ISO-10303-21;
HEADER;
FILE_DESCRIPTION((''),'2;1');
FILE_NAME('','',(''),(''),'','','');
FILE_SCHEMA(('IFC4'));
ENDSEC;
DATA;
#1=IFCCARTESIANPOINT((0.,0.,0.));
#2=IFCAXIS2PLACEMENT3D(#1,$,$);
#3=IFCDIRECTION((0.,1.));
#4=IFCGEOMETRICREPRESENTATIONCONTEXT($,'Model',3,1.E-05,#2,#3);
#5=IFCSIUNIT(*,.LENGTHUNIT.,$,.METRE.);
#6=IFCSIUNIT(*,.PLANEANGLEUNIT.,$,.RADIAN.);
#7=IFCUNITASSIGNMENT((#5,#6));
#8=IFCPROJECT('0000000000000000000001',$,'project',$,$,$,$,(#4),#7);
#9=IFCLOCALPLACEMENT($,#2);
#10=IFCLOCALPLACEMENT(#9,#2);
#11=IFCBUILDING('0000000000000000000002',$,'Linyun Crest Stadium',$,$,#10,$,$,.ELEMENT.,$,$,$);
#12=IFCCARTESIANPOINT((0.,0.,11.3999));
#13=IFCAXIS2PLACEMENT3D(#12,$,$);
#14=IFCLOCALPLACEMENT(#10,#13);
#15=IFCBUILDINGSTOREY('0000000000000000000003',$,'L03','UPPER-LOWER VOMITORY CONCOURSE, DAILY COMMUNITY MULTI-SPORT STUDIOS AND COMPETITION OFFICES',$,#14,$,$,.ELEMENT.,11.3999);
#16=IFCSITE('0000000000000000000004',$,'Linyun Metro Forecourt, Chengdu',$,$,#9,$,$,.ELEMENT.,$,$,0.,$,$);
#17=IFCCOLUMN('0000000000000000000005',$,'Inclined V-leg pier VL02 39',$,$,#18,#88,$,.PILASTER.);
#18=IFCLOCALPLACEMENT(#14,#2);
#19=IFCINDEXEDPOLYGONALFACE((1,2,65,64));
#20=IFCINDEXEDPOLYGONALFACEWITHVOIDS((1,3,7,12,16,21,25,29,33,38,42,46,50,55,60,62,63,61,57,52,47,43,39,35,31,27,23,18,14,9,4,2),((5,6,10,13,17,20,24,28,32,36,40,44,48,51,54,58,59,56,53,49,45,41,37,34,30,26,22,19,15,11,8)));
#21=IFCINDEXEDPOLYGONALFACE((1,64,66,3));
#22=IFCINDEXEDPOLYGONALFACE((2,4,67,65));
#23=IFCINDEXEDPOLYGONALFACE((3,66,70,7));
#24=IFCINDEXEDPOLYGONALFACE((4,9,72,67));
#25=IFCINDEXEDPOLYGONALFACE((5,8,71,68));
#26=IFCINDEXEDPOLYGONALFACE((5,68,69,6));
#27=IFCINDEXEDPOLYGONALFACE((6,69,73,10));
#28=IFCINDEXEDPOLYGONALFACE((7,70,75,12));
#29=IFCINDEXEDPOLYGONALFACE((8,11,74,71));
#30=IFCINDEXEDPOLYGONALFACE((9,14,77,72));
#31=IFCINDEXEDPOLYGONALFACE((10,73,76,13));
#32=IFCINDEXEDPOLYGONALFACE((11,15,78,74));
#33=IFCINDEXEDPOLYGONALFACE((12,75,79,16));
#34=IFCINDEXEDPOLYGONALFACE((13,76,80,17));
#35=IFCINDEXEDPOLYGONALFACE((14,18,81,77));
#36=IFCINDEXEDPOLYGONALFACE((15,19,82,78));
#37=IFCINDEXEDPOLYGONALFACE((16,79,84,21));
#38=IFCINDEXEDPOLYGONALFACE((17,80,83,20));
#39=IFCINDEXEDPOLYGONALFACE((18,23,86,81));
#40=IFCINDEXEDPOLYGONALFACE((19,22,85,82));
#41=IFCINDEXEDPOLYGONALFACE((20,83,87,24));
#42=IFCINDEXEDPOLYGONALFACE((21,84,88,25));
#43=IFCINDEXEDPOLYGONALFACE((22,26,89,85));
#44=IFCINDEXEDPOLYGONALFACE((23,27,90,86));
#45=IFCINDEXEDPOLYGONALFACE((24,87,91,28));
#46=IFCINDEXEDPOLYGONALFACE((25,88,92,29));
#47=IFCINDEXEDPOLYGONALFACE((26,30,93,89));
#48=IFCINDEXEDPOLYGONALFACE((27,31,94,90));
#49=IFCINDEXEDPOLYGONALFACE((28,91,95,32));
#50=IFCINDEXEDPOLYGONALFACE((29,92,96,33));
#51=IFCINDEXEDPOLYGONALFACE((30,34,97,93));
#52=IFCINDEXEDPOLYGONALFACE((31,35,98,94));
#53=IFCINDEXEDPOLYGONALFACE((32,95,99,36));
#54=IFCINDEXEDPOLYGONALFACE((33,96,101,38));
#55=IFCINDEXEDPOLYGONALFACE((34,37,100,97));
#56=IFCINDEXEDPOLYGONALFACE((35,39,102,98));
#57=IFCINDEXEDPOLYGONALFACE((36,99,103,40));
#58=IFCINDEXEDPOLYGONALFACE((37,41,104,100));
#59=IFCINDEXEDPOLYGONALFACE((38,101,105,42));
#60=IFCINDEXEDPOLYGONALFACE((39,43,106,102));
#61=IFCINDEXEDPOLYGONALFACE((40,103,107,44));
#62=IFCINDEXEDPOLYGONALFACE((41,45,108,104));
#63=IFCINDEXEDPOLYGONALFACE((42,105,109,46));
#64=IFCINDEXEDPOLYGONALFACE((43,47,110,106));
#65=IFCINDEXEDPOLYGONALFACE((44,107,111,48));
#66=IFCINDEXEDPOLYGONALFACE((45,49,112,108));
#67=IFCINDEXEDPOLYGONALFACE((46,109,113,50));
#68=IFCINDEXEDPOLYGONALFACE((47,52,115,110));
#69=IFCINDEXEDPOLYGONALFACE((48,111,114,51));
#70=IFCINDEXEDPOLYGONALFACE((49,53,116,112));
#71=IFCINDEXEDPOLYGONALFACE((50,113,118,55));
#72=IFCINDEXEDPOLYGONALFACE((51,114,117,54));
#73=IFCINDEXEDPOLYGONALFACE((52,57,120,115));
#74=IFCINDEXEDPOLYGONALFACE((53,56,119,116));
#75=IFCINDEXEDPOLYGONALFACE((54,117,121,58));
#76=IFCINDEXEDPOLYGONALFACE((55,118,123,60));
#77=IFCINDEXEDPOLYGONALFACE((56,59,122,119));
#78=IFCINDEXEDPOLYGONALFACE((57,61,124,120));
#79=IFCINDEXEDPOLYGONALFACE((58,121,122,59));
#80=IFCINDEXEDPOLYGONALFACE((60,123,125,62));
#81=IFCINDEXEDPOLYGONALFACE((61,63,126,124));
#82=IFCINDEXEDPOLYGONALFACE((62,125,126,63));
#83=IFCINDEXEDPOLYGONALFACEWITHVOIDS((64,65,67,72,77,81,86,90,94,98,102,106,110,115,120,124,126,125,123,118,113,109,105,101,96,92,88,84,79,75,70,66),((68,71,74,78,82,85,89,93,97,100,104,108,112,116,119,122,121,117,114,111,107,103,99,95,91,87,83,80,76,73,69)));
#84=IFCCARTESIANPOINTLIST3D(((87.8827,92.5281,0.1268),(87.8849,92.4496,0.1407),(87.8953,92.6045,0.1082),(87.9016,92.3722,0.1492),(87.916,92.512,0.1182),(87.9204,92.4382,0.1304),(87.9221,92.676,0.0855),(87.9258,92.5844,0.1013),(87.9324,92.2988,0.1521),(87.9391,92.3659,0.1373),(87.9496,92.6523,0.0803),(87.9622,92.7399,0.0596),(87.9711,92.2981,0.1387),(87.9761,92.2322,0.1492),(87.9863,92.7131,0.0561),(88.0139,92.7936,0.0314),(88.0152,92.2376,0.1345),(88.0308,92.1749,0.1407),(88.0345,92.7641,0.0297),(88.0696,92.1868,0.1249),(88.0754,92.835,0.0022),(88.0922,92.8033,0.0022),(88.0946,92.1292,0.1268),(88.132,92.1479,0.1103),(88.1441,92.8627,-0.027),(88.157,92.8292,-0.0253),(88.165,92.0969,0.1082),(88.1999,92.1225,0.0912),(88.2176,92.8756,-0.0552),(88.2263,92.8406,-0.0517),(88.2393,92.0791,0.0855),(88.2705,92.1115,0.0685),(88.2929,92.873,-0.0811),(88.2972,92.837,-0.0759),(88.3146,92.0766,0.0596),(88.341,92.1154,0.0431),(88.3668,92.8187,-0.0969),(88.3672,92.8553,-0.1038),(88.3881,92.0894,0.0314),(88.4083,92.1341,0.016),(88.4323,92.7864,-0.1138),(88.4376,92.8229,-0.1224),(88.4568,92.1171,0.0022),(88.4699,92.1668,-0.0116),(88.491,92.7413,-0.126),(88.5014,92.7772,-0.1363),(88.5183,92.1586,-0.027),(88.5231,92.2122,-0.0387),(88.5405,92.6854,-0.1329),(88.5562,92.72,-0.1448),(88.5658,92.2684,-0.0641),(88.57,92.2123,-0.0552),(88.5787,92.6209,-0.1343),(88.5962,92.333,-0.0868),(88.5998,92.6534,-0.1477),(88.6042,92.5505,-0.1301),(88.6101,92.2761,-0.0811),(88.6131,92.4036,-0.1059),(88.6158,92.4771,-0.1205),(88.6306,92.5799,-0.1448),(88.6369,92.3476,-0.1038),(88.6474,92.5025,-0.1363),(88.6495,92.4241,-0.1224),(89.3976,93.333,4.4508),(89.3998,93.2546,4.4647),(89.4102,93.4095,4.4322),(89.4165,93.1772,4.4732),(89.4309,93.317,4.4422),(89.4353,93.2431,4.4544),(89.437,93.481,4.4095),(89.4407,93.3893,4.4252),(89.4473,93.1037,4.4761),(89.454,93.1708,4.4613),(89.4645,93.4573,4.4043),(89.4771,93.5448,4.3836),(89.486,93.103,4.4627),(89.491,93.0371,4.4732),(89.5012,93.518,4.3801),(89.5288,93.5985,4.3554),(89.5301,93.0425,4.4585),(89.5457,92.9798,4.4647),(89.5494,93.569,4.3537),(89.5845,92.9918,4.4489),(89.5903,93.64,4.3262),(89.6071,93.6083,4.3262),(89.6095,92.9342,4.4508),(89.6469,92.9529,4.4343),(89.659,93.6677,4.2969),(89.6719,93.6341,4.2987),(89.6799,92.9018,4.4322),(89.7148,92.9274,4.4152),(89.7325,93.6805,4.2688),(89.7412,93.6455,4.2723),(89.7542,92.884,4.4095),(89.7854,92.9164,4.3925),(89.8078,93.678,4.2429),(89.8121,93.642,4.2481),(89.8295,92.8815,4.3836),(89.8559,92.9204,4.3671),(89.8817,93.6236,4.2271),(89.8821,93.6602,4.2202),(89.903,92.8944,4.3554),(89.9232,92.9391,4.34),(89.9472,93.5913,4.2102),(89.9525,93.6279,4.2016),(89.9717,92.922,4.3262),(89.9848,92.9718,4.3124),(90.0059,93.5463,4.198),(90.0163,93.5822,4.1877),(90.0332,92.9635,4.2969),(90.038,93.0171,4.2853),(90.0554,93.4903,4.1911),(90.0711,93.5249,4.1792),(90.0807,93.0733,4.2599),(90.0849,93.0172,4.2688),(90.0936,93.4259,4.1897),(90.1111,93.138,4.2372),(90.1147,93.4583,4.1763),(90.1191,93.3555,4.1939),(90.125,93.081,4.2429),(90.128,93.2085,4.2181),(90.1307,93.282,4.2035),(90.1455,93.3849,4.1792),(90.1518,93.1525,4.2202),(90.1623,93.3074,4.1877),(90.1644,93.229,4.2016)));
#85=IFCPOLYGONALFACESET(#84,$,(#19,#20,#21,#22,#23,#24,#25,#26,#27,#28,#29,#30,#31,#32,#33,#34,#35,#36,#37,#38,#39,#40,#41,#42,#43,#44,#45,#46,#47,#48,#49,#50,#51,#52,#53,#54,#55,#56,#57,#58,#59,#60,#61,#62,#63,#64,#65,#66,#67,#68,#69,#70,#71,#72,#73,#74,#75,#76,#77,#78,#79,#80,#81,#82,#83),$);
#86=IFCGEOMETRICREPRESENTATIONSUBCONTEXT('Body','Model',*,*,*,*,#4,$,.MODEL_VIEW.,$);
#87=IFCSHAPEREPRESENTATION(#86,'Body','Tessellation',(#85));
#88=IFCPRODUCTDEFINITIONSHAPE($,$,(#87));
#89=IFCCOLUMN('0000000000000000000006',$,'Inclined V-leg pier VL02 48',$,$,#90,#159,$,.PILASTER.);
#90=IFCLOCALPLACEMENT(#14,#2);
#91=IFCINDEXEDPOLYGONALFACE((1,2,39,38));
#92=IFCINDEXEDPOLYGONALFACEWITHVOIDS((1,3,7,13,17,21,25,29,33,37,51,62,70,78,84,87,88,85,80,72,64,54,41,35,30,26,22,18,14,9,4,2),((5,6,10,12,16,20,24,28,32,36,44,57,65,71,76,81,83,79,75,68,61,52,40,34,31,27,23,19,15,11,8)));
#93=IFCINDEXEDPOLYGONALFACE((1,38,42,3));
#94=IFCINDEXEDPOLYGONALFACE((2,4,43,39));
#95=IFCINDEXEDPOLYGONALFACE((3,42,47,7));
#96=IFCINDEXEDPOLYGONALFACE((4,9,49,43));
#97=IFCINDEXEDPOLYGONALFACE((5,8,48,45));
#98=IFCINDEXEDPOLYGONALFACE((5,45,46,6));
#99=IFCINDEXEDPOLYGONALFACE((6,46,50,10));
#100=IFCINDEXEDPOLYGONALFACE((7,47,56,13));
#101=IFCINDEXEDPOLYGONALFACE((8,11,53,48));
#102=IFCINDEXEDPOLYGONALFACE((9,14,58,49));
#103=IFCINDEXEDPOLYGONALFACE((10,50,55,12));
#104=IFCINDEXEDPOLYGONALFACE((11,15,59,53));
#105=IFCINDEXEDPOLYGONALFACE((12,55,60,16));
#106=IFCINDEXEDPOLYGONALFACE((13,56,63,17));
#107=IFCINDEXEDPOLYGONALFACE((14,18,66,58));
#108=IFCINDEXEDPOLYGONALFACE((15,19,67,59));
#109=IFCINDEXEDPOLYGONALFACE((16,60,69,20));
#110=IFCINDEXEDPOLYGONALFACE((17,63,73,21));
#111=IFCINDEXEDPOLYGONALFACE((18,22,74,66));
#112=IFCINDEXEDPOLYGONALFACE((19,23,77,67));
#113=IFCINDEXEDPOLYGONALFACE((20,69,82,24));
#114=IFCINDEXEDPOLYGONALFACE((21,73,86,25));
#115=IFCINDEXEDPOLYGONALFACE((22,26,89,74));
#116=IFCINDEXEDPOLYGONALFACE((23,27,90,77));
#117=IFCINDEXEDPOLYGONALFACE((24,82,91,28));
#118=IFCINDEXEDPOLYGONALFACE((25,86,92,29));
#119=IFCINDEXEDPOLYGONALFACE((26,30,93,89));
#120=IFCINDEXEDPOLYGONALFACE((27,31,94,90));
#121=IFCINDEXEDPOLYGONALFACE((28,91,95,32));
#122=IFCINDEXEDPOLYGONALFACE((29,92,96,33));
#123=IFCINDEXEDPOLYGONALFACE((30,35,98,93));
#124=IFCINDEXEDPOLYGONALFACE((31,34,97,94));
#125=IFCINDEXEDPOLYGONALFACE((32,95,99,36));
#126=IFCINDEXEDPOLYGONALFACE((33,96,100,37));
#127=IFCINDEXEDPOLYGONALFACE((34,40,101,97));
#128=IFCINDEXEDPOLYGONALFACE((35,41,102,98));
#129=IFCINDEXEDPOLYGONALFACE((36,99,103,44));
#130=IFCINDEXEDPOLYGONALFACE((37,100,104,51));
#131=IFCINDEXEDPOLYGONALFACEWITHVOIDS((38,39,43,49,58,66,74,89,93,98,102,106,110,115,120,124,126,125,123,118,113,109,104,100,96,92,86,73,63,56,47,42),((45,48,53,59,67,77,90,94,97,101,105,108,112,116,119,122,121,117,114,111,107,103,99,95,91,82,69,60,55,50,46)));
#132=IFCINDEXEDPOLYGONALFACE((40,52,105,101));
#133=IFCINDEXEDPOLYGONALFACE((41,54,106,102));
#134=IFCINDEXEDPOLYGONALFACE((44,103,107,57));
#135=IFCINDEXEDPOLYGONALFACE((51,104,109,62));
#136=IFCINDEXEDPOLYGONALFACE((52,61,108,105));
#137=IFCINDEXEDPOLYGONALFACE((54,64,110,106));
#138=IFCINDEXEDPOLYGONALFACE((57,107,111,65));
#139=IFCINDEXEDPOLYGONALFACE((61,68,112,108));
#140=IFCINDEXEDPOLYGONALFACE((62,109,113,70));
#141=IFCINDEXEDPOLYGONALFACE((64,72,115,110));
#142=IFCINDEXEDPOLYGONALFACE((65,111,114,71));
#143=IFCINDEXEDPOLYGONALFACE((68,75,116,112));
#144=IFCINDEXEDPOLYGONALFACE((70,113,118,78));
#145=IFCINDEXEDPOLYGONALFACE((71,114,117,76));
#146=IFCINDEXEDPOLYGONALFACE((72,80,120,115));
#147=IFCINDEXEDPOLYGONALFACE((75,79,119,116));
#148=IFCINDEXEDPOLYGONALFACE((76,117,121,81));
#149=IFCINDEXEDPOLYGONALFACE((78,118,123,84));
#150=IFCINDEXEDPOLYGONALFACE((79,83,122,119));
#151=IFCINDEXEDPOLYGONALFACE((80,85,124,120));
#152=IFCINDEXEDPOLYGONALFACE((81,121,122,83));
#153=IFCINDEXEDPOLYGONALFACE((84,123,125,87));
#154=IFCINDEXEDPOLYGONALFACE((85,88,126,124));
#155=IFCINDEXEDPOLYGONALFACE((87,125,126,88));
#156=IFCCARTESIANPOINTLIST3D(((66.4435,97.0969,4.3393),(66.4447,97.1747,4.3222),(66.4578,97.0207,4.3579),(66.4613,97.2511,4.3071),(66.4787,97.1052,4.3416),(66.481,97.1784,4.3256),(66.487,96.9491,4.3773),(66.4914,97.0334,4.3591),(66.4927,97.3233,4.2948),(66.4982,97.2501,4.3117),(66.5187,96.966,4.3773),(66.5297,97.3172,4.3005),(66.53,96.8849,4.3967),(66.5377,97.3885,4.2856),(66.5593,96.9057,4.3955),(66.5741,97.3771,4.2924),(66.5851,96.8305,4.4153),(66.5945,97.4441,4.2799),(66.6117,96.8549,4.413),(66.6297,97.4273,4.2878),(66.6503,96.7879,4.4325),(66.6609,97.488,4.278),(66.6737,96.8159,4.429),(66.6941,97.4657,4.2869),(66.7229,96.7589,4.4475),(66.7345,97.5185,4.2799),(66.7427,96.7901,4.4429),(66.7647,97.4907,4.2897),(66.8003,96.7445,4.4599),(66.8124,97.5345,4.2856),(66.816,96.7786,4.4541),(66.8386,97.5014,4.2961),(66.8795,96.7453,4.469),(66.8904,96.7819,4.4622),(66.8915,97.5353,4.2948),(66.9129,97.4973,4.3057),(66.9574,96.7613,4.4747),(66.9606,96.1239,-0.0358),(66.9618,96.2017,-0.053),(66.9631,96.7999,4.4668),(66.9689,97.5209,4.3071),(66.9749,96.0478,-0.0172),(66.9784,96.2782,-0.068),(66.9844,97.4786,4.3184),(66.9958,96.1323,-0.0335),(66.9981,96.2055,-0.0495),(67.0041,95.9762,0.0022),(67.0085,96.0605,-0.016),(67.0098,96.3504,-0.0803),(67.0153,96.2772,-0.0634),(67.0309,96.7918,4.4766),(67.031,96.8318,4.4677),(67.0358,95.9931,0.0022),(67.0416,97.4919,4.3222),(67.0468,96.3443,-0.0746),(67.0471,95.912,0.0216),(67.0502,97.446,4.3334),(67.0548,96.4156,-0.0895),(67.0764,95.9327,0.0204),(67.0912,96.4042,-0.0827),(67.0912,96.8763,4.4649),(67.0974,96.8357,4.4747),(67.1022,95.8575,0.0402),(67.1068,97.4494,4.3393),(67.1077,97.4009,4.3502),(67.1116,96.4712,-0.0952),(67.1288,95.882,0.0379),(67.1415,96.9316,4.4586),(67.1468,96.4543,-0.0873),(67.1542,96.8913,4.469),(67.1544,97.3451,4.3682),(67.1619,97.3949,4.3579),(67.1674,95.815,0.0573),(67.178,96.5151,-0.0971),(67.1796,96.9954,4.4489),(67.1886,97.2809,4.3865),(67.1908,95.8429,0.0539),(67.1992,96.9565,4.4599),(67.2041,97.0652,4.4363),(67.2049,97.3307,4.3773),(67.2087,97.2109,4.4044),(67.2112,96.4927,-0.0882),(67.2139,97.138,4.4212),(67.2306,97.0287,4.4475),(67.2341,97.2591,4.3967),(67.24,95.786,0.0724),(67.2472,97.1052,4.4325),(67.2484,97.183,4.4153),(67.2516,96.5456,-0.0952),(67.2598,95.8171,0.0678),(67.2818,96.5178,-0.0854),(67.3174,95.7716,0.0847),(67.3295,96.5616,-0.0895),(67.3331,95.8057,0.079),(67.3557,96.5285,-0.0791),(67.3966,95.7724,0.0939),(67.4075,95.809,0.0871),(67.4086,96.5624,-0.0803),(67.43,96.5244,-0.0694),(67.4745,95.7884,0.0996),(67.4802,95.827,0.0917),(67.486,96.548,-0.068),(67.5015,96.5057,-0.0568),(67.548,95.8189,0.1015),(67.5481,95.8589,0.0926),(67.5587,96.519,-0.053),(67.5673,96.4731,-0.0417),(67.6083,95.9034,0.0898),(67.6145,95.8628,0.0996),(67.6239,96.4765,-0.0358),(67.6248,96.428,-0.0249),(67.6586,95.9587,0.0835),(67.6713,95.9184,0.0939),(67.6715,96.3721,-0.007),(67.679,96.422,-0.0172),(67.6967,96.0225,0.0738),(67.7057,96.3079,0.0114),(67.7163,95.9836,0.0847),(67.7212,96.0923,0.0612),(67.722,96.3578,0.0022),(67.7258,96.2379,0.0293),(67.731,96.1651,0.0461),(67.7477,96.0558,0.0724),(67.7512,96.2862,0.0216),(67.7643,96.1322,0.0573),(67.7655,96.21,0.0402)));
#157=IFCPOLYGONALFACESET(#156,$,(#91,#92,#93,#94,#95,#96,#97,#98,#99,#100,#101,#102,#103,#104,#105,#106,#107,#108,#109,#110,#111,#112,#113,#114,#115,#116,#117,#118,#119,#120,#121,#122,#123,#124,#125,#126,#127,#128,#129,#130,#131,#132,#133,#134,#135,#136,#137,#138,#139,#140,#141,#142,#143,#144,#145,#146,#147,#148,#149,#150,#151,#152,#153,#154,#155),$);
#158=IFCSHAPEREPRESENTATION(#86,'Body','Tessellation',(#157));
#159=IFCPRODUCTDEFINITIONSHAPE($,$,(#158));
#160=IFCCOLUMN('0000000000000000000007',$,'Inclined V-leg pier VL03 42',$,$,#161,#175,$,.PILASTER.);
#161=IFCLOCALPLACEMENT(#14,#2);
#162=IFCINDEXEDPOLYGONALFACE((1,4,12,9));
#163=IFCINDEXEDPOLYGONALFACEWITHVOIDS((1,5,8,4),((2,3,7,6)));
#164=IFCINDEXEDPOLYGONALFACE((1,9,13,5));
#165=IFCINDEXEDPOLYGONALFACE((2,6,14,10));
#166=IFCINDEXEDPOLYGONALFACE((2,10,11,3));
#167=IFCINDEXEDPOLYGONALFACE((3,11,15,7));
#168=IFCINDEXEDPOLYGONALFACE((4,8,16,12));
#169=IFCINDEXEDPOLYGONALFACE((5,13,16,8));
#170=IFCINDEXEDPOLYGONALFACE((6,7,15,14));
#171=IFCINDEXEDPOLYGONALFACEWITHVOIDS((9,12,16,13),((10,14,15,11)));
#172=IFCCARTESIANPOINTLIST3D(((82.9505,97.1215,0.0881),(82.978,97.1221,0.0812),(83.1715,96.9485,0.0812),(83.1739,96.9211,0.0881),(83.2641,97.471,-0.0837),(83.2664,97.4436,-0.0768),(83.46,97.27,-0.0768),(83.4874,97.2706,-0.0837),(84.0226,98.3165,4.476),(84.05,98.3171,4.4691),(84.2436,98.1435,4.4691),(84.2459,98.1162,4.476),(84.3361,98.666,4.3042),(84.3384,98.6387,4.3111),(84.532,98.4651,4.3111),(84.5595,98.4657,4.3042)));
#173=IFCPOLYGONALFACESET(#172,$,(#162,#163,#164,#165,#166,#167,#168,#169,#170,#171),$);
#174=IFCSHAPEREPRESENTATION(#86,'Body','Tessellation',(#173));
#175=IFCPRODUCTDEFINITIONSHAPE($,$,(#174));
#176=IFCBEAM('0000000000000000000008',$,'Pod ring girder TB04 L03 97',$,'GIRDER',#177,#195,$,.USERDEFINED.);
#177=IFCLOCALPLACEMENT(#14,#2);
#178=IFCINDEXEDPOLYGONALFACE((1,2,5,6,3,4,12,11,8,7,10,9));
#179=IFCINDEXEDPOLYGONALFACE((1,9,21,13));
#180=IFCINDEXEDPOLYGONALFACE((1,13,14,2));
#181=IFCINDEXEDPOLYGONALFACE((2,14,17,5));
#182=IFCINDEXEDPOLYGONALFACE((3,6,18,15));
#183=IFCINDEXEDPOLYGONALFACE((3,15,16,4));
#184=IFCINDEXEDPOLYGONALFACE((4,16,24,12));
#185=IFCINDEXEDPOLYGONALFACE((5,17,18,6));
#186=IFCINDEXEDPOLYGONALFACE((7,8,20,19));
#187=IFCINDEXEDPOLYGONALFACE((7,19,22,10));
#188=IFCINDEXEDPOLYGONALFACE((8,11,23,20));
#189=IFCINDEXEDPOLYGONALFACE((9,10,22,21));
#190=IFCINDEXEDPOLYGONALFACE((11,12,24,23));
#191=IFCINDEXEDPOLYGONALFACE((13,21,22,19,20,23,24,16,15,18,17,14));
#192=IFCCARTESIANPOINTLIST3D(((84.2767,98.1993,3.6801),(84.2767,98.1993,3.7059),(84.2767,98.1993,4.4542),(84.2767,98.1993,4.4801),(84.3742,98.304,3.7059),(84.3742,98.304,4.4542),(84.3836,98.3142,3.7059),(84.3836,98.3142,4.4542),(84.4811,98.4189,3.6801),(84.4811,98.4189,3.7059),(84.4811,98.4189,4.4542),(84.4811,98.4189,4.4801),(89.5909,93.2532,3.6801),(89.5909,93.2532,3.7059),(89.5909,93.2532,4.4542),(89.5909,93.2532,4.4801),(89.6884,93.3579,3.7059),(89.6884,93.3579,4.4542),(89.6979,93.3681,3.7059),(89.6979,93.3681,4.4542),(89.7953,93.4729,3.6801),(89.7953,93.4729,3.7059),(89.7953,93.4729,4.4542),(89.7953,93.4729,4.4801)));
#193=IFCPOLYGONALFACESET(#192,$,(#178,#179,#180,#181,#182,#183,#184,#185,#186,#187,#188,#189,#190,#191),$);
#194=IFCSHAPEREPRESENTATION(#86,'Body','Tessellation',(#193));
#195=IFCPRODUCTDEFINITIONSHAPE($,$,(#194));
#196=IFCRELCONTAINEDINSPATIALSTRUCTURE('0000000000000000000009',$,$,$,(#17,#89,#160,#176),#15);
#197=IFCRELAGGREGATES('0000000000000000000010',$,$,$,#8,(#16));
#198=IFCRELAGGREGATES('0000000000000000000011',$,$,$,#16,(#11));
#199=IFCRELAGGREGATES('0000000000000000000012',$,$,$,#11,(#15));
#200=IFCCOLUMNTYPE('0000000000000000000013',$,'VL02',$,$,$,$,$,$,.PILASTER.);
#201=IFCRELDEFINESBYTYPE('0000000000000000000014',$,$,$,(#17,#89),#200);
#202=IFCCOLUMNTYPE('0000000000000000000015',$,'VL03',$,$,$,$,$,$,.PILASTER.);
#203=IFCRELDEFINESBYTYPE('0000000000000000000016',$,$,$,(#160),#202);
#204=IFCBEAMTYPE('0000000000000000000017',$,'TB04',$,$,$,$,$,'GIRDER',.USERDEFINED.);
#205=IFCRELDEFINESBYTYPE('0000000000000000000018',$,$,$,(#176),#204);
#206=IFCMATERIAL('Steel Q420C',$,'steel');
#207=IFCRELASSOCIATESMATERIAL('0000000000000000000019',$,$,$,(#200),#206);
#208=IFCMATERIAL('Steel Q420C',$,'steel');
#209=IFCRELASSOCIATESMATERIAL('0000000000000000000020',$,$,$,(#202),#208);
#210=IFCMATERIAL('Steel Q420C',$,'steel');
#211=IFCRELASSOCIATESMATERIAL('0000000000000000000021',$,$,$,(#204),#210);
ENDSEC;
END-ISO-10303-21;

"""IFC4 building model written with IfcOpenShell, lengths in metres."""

from ifc_helpers import new_model, si_unit, direction, frame, origin, origin_2d, place, context, subcontext, project, spatial, hollow_rectangle, hollow_circle, i_section, extrude, material, material_profile, profile_set, type_object, element, save


model = new_model("IFC4")

# Units and contexts
model_context = context("Model", 3, precision=1e-05, world=origin(), true_north=direction((0.0, 1.0)))
body_context = subcontext(model_context, "Body", "Model", "MODEL_VIEW")
ifc_project = project(units=[si_unit("LENGTHUNIT", "METRE"), si_unit("PLANEANGLEUNIT", "RADIAN")], contexts=[model_context])

# Site, building, storey
site_placement = place(None, origin())
site = spatial("IfcSite", under=ifc_project, at=site_placement, Name="Linyun Metro Forecourt, Chengdu", CompositionType="ELEMENT", RefElevation=0.0)
building_placement = place(site_placement, origin())
building = spatial("IfcBuilding", under=site, at=building_placement, Name="Linyun Crest Stadium", CompositionType="ELEMENT")
storey_placement = place(building_placement, frame((0.0, 0.0, 11.3999)))
storey = spatial("IfcBuildingStorey", under=building, at=storey_placement, Name="L03", Description="UPPER-LOWER VOMITORY CONCOURSE, DAILY COMMUNITY MULTI-SPORT STUDIOS AND COMPETITION OFFICES", CompositionType="ELEMENT", Elevation=11.3999)

# Columns
ifc_material_1 = material(Name="Steel Q420C", Category="steel")
ifc_material_profile_1 = material_profile(ifc_material_1, hollow_circle(Radius=0.4065, WallThickness=0.0359, at=origin_2d()), Name="CHS 813x36")
ifc_profile_set_1 = profile_set([ifc_material_profile_1], Name="Steel Q420C")
column_type_1 = type_object("IfcColumnType", Name="VL02", PredefinedType="PILASTER", material=ifc_profile_set_1)
column_1_placement = place(storey_placement, frame((88.2661, 92.4761, 0.0022), z_axis=(0.325655, 0.173035, 0.92952), x_axis=(-0.469221, 0.883081, 0.0)))
element("IfcColumn", 1, at=column_1_placement, inside=storey, type_object=column_type_1, Name="Inclined V-leg pier VL02 39", PredefinedType="PILASTER", context=body_context, shape_type="SweptSolid", body=[
    extrude(hollow_circle(Radius=0.4065, WallThickness=0.0359, at=origin_2d()), origin(), (0.0, 0.0, 1.0), 4.6519),
])
column_2_placement = place(storey_placement, frame((67.363, 96.167, 0.0022), z_axis=(-0.114613, 0.215644, 0.969722), x_axis=(-0.883027, -0.469323, 0.0)))
element("IfcColumn", 2, at=column_2_placement, inside=storey, type_object=column_type_1, Name="Inclined V-leg pier VL02 48", PredefinedType="PILASTER", context=body_context, shape_type="SweptSolid", body=[
    extrude(hollow_circle(Radius=0.4065, WallThickness=0.0359, at=origin_2d()), origin(), (0.0, 0.0, 1.0), 4.5117),
])
ifc_material_2 = material(Name="Steel Q420C", Category="steel")
ifc_material_profile_2 = material_profile(ifc_material_2, hollow_rectangle(XDim=0.3, YDim=0.5, WallThickness=0.02, at=origin_2d()), Name="RHS 500x300x20")
ifc_profile_set_2 = profile_set([ifc_material_profile_2], Name="Steel Q420C")
column_type_2 = type_object("IfcColumnType", Name="VL03", PredefinedType="PILASTER", material=ifc_profile_set_2)
column_3_placement = place(storey_placement, frame((83.219, 97.196, 0.0022), z_axis=(0.229436, 0.255771, 0.939117), x_axis=(-0.74439, 0.667746, 0.0)))
element("IfcColumn", 3, at=column_3_placement, inside=storey, type_object=column_type_2, Name="Inclined V-leg pier VL03 42", PredefinedType="PILASTER", context=body_context, shape_type="SweptSolid", body=[
    extrude(hollow_rectangle(XDim=0.3, YDim=0.5, WallThickness=0.02, at=origin_2d()), origin(), (0.0, 0.0, 1.0), 4.6724),
])

# Beam
ifc_material_3 = material(Name="Steel Q420C", Category="steel")
ifc_material_profile_3 = material_profile(ifc_material_3, i_section(OverallWidth=0.3, OverallDepth=0.8, WebThickness=0.0139, FlangeThickness=0.0259, at=origin_2d()), Name="HN 800x300")
ifc_profile_set_3 = profile_set([ifc_material_profile_3], Name="Steel Q420C")
beam_type_1 = type_object("IfcBeamType", Name="TB04", ElementType="GIRDER", PredefinedType="USERDEFINED", material=ifc_profile_set_3)
beam_1_placement = place(storey_placement, frame((89.6931, 93.363, 4.0801), z_axis=(-0.732008, 0.681296, 0.0), x_axis=(-0.681296, -0.732008, 0.0)))
element("IfcBeam", 4, at=beam_1_placement, inside=storey, type_object=beam_type_1, Name="Pod ring girder TB04 L03 97", ObjectType="GIRDER", PredefinedType="USERDEFINED", context=body_context, shape_type="SweptSolid", body=[
    extrude(i_section(OverallWidth=0.3, OverallDepth=0.8, WebThickness=0.0139, FlangeThickness=0.0259, at=origin_2d()), origin(), (0.0, 0.0, 1.0), 7.2598),
])

save(model, "model.ifc")
